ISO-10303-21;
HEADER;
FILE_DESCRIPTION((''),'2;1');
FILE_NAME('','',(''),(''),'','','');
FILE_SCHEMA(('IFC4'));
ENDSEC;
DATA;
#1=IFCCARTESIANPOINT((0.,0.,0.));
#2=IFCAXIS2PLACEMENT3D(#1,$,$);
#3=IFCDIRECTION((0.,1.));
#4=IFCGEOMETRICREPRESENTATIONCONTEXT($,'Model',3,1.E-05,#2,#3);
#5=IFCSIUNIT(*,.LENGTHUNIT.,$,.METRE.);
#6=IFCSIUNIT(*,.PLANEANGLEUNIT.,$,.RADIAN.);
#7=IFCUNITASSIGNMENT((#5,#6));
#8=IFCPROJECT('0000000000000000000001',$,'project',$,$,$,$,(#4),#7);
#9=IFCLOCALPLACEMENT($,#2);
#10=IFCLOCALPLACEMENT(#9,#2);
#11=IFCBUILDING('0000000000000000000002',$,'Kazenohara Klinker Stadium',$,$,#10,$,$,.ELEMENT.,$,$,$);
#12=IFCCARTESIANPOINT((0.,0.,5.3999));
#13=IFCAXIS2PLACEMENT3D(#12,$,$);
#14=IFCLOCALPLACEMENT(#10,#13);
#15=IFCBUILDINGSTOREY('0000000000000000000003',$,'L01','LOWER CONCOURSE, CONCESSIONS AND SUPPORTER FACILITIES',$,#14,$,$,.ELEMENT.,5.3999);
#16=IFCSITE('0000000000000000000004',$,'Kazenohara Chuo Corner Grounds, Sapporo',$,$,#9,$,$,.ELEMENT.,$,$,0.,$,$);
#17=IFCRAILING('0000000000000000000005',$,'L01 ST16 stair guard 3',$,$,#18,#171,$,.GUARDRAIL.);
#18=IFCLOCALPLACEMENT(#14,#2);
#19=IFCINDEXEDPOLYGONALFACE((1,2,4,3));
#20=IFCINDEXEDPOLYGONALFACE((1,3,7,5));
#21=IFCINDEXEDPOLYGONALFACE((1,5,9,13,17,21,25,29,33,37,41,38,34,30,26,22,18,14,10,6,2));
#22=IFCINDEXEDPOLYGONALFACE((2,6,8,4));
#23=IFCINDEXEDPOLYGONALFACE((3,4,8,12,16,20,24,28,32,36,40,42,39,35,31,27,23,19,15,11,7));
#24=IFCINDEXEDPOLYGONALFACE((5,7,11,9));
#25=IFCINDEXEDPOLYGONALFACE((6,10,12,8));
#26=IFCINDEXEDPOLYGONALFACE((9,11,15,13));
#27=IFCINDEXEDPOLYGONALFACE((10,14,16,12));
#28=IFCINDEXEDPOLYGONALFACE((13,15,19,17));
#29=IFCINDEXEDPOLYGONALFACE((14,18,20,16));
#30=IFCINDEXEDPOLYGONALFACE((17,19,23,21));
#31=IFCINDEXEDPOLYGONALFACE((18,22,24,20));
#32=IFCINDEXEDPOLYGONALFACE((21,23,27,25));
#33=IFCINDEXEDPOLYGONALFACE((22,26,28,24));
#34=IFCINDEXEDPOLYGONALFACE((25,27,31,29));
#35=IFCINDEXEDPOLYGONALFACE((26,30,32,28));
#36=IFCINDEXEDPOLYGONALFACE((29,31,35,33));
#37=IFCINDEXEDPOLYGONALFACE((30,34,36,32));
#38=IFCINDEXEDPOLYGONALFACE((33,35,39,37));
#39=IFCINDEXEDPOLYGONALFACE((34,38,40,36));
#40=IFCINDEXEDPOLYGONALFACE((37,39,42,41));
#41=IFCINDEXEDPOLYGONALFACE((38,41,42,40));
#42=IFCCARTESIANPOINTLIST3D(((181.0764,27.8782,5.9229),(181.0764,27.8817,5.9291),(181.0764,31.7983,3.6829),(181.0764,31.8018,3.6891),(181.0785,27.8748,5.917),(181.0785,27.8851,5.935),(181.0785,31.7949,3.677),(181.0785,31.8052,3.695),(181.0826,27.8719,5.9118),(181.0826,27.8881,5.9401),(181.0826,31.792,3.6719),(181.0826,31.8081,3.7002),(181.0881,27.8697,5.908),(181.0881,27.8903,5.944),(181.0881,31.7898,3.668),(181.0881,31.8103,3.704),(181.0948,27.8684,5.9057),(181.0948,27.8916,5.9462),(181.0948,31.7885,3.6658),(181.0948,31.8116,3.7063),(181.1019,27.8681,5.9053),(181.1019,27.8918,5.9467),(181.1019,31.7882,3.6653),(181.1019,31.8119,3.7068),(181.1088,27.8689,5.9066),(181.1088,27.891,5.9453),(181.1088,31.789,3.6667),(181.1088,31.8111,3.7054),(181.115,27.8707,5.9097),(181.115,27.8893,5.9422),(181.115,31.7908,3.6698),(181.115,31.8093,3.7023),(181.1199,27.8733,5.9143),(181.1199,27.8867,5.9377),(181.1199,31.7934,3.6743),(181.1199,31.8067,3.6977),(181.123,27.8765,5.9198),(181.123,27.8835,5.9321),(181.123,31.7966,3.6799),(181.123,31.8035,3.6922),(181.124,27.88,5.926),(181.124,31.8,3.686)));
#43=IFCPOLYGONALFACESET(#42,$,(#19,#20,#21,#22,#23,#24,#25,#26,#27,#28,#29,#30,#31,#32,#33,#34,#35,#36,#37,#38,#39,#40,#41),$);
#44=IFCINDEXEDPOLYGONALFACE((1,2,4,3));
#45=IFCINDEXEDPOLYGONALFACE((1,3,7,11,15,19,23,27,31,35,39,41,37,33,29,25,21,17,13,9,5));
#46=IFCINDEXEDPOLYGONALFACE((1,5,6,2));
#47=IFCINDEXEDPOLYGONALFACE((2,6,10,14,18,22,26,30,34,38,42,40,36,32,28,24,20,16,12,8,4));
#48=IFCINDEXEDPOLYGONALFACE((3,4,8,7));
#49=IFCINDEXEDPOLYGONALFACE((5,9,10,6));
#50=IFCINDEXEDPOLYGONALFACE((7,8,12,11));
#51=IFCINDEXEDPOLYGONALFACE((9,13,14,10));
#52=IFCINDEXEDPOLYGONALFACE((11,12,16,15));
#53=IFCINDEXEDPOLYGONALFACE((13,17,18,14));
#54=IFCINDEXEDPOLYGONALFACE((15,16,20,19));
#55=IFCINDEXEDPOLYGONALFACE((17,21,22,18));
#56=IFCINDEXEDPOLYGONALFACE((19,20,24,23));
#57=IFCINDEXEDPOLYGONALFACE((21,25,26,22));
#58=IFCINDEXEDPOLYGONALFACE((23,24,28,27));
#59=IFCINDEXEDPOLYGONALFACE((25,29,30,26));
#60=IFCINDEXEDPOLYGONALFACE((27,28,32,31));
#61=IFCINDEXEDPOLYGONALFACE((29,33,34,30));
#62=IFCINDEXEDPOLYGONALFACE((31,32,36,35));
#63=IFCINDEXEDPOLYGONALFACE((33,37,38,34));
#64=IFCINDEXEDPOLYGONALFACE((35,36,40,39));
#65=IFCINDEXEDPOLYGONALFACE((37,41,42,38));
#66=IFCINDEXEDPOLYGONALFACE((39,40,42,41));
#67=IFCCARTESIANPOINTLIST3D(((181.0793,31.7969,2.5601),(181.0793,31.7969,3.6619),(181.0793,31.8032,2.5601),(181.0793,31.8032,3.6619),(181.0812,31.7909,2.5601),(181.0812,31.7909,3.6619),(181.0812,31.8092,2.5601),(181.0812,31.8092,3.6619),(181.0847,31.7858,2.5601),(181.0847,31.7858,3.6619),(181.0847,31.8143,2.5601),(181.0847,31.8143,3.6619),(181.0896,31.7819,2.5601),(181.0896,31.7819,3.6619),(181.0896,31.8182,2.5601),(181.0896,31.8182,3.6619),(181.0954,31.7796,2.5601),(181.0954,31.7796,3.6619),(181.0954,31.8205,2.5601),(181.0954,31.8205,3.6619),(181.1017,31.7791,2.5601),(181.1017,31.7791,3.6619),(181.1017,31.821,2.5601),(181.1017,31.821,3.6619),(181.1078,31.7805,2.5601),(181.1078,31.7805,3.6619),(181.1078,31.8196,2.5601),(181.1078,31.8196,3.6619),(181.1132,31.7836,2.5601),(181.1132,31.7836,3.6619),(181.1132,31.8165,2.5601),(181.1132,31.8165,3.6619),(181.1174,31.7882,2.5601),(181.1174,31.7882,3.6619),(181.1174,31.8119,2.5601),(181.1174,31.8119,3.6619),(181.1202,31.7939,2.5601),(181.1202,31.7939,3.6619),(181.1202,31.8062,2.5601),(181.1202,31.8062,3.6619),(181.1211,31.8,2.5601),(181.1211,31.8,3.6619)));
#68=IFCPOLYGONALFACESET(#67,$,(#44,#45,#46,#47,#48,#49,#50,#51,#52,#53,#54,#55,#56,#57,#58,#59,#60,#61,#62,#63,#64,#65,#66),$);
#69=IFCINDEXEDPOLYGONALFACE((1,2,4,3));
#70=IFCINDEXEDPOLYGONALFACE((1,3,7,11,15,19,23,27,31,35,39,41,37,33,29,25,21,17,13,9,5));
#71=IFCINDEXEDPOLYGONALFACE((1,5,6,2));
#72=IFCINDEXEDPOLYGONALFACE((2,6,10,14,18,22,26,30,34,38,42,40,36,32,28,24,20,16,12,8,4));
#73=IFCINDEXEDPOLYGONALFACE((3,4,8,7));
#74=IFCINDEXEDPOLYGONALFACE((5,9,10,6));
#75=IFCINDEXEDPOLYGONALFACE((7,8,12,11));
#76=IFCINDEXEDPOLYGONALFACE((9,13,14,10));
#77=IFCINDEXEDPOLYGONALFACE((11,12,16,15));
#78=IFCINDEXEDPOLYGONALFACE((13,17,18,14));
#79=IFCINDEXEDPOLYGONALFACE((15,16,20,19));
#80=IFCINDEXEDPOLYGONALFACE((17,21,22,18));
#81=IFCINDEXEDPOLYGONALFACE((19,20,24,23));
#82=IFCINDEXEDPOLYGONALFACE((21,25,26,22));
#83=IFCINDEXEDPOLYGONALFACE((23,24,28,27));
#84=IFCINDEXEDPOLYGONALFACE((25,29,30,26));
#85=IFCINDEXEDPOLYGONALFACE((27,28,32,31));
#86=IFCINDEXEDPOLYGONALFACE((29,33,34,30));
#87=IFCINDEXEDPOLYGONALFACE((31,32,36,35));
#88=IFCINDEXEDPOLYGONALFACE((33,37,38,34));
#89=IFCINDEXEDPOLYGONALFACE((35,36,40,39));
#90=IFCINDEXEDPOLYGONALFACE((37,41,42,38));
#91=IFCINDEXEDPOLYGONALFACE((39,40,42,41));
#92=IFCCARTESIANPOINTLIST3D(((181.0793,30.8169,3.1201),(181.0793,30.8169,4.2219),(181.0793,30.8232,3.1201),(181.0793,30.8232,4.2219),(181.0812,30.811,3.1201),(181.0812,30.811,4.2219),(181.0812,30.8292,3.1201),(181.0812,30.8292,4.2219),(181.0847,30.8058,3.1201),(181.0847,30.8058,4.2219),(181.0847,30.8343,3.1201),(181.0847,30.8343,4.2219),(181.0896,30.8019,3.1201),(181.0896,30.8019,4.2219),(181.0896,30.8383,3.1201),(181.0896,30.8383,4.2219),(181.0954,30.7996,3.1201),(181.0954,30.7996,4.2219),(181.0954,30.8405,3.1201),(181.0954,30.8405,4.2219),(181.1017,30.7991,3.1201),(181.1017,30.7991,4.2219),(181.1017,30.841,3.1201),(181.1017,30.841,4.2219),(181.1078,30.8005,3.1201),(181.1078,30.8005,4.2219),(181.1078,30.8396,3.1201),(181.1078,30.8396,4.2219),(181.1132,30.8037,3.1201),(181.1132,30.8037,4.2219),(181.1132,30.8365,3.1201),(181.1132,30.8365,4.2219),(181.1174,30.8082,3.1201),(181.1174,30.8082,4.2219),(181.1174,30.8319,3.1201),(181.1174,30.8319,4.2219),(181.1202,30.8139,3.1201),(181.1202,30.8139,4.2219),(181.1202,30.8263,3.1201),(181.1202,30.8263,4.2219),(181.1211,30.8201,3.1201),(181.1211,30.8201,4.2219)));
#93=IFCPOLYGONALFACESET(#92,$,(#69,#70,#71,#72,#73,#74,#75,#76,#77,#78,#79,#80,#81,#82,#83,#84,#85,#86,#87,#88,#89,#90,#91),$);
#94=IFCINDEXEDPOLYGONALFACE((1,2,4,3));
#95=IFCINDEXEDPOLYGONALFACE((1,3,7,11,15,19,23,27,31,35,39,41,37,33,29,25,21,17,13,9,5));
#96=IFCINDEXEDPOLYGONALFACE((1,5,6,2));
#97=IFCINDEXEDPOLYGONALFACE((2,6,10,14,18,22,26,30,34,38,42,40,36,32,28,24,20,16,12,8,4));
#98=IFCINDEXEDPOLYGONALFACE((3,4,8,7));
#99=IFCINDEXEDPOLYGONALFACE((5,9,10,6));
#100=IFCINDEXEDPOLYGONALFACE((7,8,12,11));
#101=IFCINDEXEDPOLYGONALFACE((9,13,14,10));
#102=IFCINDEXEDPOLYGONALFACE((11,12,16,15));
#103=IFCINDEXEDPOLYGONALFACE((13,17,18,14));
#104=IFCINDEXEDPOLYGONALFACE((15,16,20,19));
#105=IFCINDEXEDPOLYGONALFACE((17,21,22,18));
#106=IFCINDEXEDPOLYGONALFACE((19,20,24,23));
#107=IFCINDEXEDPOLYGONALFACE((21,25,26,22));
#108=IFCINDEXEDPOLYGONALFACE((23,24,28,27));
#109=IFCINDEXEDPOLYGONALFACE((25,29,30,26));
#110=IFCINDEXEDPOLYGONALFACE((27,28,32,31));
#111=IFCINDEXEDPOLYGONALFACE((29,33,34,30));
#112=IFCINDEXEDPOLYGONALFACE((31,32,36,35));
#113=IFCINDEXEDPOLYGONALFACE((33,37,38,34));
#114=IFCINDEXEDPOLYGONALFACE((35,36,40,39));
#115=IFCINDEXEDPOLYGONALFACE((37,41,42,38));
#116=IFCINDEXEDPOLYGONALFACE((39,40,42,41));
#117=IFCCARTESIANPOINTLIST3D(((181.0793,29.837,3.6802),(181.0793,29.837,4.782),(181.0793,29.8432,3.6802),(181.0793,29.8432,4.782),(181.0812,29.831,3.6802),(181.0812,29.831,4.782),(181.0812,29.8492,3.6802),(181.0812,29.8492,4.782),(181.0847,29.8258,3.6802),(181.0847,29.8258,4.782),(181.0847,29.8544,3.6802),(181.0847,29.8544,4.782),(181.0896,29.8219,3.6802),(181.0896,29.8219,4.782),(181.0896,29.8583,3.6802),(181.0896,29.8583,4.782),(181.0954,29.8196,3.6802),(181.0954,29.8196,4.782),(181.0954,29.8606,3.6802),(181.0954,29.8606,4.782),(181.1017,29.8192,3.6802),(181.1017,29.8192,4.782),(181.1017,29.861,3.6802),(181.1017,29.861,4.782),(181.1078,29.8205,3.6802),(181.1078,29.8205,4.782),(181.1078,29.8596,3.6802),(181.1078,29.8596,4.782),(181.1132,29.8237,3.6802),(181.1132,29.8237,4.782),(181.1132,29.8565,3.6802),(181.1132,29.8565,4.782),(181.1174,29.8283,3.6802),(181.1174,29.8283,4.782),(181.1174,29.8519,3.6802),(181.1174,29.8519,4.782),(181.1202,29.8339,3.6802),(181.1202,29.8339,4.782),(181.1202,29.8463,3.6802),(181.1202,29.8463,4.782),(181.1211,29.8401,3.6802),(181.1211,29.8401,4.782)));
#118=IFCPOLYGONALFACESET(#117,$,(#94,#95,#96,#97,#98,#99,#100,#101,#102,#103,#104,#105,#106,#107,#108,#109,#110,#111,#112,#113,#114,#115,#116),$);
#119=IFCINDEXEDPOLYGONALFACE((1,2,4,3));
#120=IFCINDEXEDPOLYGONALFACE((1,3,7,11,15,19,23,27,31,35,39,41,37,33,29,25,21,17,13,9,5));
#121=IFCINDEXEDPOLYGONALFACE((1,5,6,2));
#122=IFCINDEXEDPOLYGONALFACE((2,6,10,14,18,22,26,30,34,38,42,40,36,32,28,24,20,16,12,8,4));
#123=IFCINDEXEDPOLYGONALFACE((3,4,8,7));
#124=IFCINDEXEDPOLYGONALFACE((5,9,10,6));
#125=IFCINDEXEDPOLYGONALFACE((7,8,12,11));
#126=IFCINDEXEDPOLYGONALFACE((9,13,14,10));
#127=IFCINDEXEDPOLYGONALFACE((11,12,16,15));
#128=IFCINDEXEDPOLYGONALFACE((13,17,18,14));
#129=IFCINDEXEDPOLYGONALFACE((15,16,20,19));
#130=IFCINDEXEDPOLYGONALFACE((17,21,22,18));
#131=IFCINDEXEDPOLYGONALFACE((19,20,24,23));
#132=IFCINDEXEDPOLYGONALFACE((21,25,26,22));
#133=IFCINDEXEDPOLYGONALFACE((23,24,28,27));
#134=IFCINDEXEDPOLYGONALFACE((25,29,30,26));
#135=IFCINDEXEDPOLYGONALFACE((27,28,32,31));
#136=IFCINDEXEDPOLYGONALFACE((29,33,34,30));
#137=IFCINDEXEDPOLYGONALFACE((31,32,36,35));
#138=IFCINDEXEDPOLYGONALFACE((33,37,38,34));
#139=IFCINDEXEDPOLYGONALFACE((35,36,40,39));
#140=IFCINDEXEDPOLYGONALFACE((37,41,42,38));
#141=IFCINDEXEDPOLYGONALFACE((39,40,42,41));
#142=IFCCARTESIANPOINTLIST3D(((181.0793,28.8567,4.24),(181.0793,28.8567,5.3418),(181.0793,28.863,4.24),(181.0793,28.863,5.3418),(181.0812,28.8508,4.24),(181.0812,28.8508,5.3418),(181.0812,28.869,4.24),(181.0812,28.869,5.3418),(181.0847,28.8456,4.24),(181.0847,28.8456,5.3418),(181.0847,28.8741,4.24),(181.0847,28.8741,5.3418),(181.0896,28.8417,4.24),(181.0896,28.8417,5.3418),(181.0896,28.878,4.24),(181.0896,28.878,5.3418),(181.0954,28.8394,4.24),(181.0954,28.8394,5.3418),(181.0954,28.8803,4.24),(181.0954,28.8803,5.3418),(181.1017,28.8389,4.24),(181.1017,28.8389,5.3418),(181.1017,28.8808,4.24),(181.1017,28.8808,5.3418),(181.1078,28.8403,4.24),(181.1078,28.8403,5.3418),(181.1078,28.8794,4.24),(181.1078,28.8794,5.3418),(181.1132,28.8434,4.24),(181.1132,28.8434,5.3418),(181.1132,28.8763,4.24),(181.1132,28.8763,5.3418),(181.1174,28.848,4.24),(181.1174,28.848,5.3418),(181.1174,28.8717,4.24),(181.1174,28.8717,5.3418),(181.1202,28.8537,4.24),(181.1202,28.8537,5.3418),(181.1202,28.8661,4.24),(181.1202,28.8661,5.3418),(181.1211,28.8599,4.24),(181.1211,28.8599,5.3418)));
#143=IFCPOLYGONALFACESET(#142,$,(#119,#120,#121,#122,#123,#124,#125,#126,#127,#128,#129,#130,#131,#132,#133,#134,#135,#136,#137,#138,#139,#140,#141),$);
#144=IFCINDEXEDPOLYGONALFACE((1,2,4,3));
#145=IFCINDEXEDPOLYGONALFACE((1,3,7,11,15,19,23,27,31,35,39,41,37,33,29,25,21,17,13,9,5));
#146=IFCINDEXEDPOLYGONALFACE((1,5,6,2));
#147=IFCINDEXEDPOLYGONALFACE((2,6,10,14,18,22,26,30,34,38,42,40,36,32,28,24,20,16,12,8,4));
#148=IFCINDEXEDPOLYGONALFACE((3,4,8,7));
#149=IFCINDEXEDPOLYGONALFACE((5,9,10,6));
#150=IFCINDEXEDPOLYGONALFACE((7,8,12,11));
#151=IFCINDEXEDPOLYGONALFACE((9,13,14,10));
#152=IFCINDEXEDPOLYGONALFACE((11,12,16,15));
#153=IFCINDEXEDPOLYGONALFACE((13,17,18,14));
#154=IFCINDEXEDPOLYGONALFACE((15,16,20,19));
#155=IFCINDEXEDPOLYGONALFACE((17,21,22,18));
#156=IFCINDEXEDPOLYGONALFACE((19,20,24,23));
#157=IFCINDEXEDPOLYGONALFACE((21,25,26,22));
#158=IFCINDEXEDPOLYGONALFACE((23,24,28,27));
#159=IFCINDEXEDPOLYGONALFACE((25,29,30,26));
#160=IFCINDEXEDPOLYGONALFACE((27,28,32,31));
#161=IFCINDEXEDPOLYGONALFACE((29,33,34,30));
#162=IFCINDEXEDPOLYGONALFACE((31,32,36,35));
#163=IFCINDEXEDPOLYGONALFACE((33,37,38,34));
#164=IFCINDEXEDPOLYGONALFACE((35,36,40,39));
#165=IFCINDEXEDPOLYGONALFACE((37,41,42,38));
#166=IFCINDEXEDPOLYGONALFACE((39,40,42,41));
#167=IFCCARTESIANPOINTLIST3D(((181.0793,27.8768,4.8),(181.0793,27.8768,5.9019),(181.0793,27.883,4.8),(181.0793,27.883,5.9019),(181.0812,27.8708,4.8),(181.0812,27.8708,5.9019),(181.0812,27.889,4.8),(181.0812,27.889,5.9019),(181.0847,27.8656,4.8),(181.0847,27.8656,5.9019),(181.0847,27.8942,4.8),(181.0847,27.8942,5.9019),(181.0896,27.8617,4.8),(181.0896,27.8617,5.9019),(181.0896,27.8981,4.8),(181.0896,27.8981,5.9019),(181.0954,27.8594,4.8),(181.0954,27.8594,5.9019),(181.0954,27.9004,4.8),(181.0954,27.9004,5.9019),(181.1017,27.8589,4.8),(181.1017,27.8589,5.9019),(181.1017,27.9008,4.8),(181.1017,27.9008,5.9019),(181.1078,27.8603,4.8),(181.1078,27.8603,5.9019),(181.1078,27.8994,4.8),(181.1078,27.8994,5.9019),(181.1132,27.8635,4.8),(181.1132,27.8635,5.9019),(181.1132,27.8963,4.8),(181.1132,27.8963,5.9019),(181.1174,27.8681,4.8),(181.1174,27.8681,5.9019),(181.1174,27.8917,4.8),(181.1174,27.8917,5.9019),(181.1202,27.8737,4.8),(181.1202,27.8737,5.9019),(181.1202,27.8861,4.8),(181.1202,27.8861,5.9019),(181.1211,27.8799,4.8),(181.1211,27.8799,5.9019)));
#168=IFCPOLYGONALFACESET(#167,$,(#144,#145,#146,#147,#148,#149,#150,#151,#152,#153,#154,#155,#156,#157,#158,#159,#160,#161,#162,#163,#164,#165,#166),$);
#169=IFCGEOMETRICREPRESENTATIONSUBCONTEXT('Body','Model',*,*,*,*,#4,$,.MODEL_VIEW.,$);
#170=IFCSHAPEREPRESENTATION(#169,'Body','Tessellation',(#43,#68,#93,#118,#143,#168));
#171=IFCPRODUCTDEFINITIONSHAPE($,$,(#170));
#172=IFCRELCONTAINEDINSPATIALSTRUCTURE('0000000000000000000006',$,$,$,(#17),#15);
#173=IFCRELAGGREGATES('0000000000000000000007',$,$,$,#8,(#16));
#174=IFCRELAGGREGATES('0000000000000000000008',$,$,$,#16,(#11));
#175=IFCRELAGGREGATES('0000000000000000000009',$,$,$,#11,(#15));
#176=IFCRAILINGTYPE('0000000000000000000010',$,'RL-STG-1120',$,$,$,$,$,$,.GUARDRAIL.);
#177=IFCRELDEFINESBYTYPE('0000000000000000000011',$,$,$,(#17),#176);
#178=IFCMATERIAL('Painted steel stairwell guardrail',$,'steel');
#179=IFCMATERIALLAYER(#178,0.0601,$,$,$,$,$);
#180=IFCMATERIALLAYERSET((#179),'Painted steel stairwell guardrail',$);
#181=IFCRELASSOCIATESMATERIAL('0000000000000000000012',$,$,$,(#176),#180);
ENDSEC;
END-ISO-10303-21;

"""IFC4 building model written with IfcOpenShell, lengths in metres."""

from ifc_helpers import new_model, si_unit, direction, frame, origin, origin_2d, place, context, subcontext, project, spatial, circle, extrude, material, layer, layer_set, type_object, element, save


model = new_model("IFC4")

# Units and contexts
model_context = context("Model", 3, precision=1e-05, world=origin(), true_north=direction((0.0, 1.0)))
body_context = subcontext(model_context, "Body", "Model", "MODEL_VIEW")
ifc_project = project(units=[si_unit("LENGTHUNIT", "METRE"), si_unit("PLANEANGLEUNIT", "RADIAN")], contexts=[model_context])

# Site, building, storey
site_placement = place(None, origin())
site = spatial("IfcSite", under=ifc_project, at=site_placement, Name="Kazenohara Chuo Corner Grounds, Sapporo", CompositionType="ELEMENT", RefElevation=0.0)
building_placement = place(site_placement, origin())
building = spatial("IfcBuilding", under=site, at=building_placement, Name="Kazenohara Klinker Stadium", CompositionType="ELEMENT")
storey_placement = place(building_placement, frame((0.0, 0.0, 5.3999)))
storey = spatial("IfcBuildingStorey", under=building, at=storey_placement, Name="L01", Description="LOWER CONCOURSE, CONCESSIONS AND SUPPORTER FACILITIES", CompositionType="ELEMENT", Elevation=5.3999)

# Railing
ifc_material_1 = material(Name="Painted steel stairwell guardrail", Category="steel")
ifc_layer_1 = layer(ifc_material_1, 0.0601)
ifc_layer_set_1 = layer_set([ifc_layer_1], Name="Painted steel stairwell guardrail")
railing_type_1 = type_object("IfcRailingType", Name="RL-STG-1120", PredefinedType="GUARDRAIL", material=ifc_layer_set_1)
railing_1_placement = place(storey_placement, frame((181.1001, 31.8, 2.5601)))
element("IfcRailing", 1, at=railing_1_placement, inside=storey, type_object=railing_type_1, Name="L01 ST16 stair guard 3", PredefinedType="GUARDRAIL", context=body_context, shape_type="SweptSolid", body=[
    extrude(circle(Radius=0.0239, at=origin_2d()), frame((0.0, 0.0, 1.126), z_axis=(0.0, -0.868253, 0.496121), x_axis=(1.0, 0.0, 0.0)), (0.0, 0.0, 1.0), 4.5149),
    extrude(circle(Radius=0.021, at=origin_2d()), origin(), (0.0, 0.0, 1.0), 1.1018),
    extrude(circle(Radius=0.021, at=origin_2d()), frame((0.0, -0.98, 0.5601)), (0.0, 0.0, 1.0), 1.1018),
    extrude(circle(Radius=0.021, at=origin_2d()), frame((0.0, -1.96, 1.1201)), (0.0, 0.0, 1.0), 1.1018),
    extrude(circle(Radius=0.021, at=origin_2d()), frame((0.0, -2.9402, 1.6799)), (0.0, 0.0, 1.0), 1.1018),
    extrude(circle(Radius=0.021, at=origin_2d()), frame((0.0, -3.9202, 2.24)), (0.0, 0.0, 1.0), 1.1018),
])

save(model, "model.ifc")
